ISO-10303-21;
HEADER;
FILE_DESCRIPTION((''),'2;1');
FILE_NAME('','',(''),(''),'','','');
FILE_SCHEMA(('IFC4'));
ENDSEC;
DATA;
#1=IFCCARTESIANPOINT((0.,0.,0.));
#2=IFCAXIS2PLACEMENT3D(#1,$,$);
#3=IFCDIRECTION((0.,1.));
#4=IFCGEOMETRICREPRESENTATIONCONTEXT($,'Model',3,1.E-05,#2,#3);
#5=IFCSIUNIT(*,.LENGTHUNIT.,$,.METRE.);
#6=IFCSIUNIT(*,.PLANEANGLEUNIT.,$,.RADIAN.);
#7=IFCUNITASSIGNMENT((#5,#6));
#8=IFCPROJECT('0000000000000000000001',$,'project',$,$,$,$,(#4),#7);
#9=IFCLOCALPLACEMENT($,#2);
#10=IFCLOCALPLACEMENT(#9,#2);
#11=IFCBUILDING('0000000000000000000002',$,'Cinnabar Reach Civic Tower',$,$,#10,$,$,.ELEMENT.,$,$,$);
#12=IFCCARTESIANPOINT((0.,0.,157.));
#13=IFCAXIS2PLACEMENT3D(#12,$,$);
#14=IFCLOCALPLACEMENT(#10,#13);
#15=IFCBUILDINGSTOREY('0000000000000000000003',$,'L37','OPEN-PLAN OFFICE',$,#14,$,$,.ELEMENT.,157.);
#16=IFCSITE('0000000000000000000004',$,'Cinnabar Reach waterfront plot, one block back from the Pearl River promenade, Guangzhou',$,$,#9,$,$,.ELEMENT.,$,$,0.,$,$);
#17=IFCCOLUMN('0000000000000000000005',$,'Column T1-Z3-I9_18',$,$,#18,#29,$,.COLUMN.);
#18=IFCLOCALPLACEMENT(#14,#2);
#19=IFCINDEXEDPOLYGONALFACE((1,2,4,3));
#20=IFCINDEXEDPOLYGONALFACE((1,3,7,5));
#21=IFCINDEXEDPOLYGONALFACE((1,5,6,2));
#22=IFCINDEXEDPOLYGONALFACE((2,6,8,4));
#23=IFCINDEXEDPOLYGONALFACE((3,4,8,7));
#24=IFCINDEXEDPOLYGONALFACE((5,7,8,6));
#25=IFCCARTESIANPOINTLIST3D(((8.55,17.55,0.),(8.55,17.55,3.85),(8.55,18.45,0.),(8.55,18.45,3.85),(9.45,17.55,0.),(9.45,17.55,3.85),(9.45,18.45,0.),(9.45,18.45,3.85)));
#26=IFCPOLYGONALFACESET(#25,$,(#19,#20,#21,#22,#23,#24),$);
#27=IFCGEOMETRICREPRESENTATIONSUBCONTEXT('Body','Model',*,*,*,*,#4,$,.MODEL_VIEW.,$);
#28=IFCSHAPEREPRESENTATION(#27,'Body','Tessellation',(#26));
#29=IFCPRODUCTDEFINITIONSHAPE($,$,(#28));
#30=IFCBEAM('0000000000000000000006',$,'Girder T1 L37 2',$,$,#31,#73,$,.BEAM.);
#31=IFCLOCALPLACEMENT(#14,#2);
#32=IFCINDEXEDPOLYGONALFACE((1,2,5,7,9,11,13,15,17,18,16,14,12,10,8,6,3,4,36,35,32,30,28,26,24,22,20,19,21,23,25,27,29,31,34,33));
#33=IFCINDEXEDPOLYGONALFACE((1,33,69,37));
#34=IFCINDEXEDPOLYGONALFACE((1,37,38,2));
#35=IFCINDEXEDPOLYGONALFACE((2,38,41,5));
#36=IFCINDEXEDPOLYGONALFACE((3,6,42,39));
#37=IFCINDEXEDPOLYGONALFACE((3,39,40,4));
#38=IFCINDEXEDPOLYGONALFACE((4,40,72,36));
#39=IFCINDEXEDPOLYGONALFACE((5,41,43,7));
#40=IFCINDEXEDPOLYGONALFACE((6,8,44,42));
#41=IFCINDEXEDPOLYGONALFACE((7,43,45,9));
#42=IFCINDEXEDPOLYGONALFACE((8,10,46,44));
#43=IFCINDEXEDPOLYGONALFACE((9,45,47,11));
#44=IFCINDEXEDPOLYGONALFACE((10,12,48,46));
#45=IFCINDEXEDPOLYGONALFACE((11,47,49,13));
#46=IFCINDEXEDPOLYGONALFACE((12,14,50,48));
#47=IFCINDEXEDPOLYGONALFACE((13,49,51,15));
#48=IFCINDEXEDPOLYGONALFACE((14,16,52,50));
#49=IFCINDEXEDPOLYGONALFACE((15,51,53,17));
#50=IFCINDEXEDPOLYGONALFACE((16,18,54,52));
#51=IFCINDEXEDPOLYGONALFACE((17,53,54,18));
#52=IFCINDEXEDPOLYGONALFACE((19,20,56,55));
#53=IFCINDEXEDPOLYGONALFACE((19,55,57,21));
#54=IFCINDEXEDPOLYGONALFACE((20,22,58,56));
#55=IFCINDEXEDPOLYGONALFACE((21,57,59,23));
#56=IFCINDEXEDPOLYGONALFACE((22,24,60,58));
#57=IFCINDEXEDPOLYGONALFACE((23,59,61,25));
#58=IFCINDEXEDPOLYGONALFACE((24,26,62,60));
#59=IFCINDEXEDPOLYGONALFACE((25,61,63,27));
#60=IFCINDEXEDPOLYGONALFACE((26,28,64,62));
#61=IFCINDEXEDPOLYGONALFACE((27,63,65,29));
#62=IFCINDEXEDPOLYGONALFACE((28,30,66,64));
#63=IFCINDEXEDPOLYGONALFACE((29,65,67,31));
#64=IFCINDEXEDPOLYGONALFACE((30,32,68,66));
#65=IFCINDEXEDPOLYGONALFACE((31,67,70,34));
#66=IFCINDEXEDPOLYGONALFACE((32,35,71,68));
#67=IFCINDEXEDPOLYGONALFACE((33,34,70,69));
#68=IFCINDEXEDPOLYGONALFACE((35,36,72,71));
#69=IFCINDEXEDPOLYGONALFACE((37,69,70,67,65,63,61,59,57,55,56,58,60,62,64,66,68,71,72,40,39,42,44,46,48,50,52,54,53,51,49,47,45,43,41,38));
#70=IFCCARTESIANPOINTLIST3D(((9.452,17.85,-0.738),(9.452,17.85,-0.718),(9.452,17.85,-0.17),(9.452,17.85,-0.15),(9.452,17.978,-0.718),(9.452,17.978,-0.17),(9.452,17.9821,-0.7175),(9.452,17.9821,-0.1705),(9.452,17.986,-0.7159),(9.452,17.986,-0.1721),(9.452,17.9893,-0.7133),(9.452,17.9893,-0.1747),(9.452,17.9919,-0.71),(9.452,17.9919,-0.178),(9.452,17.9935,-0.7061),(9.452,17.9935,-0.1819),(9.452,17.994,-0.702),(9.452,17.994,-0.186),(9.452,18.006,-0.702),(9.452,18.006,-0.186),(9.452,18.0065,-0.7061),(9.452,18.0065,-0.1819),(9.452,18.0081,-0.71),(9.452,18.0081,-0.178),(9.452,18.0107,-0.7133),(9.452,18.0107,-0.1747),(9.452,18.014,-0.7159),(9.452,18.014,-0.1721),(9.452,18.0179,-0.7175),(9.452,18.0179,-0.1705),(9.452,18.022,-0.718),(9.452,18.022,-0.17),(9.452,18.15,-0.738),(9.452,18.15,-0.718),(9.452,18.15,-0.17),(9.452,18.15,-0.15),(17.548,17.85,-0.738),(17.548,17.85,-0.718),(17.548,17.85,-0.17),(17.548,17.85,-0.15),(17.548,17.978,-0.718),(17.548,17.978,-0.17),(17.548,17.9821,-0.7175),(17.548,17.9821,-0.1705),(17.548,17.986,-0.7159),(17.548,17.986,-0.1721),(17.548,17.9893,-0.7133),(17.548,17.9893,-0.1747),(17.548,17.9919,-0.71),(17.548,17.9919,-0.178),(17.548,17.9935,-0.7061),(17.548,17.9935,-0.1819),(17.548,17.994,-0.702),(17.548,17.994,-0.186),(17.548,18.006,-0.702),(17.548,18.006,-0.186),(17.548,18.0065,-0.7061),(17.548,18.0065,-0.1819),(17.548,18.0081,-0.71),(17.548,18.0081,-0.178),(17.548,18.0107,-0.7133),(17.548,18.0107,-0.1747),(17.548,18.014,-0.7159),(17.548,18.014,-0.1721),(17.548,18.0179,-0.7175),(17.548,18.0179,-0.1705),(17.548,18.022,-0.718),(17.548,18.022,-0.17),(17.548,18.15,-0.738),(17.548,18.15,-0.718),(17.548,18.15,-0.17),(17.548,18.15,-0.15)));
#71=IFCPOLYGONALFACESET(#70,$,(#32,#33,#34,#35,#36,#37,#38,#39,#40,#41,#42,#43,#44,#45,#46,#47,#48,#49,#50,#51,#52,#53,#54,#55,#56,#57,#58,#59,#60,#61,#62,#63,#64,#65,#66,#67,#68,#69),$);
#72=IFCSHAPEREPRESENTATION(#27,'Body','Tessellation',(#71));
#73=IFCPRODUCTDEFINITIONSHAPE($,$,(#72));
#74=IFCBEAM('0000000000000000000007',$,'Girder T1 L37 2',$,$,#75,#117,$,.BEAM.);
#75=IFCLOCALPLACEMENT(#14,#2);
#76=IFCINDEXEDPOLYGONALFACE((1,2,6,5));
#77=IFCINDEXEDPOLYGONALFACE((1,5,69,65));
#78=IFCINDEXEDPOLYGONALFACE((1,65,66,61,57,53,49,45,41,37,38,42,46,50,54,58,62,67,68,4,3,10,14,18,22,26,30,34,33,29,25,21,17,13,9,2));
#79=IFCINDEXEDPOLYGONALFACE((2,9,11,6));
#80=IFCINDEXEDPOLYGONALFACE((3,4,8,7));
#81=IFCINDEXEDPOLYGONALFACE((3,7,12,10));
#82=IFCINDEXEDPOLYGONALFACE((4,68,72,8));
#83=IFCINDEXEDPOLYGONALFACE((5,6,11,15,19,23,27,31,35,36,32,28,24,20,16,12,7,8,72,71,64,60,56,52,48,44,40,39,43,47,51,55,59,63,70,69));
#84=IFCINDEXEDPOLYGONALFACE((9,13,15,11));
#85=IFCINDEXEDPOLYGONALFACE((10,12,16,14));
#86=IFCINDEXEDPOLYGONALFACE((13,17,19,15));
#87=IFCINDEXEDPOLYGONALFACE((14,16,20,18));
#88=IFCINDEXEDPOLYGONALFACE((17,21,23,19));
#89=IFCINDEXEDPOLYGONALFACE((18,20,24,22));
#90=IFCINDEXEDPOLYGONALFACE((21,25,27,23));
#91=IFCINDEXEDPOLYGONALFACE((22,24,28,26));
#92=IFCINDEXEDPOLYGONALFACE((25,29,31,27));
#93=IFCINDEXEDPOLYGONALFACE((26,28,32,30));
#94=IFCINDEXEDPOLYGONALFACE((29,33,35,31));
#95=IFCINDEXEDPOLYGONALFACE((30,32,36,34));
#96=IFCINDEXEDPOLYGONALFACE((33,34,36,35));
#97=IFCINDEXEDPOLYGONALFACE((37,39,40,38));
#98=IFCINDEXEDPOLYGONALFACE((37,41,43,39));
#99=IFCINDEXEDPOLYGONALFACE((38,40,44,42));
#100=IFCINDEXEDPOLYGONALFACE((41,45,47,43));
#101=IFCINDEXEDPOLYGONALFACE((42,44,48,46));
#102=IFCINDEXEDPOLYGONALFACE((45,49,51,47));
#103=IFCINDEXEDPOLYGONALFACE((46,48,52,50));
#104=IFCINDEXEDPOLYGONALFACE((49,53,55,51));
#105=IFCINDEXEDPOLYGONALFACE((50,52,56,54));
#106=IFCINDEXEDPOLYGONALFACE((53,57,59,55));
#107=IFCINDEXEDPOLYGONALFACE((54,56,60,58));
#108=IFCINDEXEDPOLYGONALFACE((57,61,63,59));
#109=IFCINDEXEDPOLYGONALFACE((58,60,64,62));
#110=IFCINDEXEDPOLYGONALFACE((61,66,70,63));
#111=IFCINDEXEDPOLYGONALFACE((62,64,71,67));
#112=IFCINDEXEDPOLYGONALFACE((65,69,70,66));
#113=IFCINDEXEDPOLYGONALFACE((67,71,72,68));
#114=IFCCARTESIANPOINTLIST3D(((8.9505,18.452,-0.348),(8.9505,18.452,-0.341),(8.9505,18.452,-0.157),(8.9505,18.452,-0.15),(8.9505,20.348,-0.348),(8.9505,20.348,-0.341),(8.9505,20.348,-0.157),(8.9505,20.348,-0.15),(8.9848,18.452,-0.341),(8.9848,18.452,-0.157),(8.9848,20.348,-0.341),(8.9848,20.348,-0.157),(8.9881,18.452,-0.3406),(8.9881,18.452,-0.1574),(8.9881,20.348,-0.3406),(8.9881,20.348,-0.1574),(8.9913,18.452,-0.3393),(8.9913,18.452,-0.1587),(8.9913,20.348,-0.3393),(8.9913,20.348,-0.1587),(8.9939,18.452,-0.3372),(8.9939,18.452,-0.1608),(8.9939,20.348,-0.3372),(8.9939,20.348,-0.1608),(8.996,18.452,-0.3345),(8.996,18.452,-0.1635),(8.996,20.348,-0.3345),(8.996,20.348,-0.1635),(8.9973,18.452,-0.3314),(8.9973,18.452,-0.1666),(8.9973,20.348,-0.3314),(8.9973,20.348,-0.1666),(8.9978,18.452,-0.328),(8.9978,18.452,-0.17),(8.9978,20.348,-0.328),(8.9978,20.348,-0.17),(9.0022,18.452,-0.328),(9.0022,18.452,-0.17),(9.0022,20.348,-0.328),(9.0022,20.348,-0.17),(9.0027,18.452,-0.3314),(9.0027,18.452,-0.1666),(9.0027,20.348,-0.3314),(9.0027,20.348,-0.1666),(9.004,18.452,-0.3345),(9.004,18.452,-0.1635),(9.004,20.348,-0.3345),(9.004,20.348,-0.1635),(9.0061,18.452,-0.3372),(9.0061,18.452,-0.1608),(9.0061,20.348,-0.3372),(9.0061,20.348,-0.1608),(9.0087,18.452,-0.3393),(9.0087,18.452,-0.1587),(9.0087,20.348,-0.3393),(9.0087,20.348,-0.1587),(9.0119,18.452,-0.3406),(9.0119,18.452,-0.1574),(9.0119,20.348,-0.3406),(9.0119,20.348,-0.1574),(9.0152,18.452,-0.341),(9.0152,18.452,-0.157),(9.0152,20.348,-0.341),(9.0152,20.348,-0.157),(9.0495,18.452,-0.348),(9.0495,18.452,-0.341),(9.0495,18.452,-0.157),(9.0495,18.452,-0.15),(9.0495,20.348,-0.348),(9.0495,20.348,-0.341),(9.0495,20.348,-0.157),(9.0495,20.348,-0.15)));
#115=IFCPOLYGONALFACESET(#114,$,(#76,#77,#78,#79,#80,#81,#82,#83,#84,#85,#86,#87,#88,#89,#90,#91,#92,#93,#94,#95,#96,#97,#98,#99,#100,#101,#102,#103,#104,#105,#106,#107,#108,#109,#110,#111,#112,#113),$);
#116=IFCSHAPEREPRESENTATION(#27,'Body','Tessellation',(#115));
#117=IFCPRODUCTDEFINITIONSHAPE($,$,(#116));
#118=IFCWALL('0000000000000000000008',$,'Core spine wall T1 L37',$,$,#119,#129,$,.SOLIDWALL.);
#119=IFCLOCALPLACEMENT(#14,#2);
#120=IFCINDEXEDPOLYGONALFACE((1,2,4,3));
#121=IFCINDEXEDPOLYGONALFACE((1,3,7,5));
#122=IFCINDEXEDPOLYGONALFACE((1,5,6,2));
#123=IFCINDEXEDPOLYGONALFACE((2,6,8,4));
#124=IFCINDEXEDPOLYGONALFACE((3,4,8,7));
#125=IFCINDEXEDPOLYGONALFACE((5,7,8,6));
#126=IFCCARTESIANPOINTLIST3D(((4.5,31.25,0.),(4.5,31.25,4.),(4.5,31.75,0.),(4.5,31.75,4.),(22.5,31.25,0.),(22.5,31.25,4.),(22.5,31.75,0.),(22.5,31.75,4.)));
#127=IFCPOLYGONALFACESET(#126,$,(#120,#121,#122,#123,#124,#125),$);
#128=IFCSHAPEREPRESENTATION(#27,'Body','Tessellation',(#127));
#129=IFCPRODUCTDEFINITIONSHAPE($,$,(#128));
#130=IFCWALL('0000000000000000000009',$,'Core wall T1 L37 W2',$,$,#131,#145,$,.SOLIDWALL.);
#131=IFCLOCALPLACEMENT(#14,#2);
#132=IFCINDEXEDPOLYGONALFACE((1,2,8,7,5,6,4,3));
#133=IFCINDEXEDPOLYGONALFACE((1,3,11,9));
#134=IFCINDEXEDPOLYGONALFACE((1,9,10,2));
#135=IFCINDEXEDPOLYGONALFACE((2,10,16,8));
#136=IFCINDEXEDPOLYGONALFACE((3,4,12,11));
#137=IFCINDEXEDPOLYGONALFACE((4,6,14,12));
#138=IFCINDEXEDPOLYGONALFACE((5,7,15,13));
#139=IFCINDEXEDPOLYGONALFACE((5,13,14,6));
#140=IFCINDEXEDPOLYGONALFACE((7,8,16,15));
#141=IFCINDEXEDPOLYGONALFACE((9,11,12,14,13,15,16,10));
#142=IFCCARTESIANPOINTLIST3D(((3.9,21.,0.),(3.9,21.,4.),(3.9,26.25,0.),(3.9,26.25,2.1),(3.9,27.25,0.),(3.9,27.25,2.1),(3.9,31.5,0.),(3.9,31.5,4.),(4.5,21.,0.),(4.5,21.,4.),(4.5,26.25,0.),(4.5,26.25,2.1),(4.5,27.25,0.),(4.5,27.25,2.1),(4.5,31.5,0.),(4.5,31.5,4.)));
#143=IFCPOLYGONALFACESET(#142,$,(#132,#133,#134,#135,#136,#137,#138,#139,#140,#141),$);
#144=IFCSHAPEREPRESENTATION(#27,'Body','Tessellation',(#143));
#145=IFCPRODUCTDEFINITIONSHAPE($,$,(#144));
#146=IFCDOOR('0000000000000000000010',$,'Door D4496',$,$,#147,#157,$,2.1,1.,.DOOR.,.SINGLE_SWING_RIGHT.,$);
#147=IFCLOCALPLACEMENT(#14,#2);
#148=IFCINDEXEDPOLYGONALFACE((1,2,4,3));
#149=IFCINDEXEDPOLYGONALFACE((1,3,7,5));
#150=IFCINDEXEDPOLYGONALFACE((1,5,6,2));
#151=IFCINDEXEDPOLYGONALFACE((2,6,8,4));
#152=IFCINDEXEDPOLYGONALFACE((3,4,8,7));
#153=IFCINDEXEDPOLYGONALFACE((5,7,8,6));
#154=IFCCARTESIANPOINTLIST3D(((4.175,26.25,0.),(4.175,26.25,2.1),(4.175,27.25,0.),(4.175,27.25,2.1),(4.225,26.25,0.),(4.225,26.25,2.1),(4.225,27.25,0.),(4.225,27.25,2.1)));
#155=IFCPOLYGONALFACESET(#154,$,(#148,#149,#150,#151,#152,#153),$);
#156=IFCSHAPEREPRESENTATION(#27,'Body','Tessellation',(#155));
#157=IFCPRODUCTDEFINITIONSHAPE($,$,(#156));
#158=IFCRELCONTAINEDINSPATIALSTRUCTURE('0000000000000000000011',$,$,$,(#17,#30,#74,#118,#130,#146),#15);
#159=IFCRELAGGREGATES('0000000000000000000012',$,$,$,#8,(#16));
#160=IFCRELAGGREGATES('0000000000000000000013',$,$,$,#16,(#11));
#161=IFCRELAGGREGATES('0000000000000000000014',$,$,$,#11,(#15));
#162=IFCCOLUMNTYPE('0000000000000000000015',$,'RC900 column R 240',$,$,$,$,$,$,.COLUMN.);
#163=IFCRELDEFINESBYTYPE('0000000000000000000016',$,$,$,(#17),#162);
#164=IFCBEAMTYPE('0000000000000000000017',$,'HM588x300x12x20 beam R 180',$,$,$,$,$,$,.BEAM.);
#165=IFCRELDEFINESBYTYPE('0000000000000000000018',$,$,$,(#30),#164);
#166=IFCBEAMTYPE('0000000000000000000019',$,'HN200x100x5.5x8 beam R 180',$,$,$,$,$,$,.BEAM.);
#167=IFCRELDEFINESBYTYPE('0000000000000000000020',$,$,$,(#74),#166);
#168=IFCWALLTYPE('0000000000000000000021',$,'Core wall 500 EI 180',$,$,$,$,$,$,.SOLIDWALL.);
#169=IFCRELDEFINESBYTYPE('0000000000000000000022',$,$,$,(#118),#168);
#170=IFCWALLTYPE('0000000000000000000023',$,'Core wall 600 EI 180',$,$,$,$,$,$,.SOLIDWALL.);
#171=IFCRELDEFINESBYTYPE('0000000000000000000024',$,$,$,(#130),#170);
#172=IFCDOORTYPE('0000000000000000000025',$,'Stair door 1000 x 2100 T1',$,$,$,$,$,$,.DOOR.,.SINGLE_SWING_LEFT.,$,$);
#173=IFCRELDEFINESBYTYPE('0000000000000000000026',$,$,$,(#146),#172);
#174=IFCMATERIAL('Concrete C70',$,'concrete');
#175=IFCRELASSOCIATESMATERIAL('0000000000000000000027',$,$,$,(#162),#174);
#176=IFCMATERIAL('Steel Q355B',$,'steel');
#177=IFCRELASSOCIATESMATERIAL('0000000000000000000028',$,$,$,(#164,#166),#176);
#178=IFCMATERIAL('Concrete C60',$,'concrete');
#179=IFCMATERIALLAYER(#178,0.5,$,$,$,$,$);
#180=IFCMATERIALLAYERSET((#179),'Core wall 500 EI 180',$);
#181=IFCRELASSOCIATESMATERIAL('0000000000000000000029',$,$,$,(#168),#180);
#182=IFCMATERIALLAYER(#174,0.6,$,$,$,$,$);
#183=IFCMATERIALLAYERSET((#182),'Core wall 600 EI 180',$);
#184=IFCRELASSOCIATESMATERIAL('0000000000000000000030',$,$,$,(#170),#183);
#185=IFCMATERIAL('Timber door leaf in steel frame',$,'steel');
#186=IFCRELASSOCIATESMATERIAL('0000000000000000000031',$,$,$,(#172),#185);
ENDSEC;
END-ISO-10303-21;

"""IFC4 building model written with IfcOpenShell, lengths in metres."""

from ifc_helpers import new_model, si_unit, direction, frame, frame_2d, origin, origin_2d, place, context, subcontext, project, spatial, rectangle, i_section, extrude, material, layer, layer_set, material_profile, profile_set, type_object, element, fill, save


model = new_model("IFC4")

# Units and contexts
model_context = context("Model", 3, precision=1e-05, world=origin(), true_north=direction((0.0, 1.0)))
body_context = subcontext(model_context, "Body", "Model", "MODEL_VIEW")
ifc_project = project(units=[si_unit("LENGTHUNIT", "METRE"), si_unit("PLANEANGLEUNIT", "RADIAN")], contexts=[model_context])

# Site, building, storey
site_placement = place(None, origin())
site = spatial("IfcSite", under=ifc_project, at=site_placement, Name="Cinnabar Reach waterfront plot, one block back from the Pearl River promenade, Guangzhou", CompositionType="ELEMENT", RefElevation=0.0)
building_placement = place(site_placement, origin())
building = spatial("IfcBuilding", under=site, at=building_placement, Name="Cinnabar Reach Civic Tower", CompositionType="ELEMENT")
storey_placement = place(building_placement, frame((0.0, 0.0, 157.0)))
storey = spatial("IfcBuildingStorey", under=building, at=storey_placement, Name="L37", Description="OPEN-PLAN OFFICE", CompositionType="ELEMENT", Elevation=157.0)

# Column
ifc_material_1 = material(Name="Concrete C70", Category="concrete")
ifc_material_profile_1 = material_profile(ifc_material_1, rectangle(XDim=0.9, YDim=0.9, at=origin_2d()), Name="RC900")
ifc_profile_set_1 = profile_set([ifc_material_profile_1], Name="Concrete C70")
column_type = type_object("IfcColumnType", Name="RC900 column R 240", PredefinedType="COLUMN", material=ifc_profile_set_1)
column_placement = place(storey_placement, frame((9.0, 18.0, 0.0), z_axis=(0.0, 0.0, 1.0), x_axis=(1.0, 0.0, 0.0)))
element("IfcColumn", 1, at=column_placement, inside=storey, type_object=column_type, Name="Column T1-Z3-I9_18", PredefinedType="COLUMN", context=body_context, shape_type="SweptSolid", body=[
    extrude(rectangle(XDim=0.9, YDim=0.9, at=origin_2d()), origin(), (0.0, 0.0, 1.0), 3.85),
])

# Beams
ifc_material_2 = material(Name="Steel Q355B", Category="steel")
ifc_material_profile_2 = material_profile(ifc_material_2, i_section(OverallWidth=0.3, OverallDepth=0.588, WebThickness=0.012, FlangeThickness=0.02, FilletRadius=0.016, at=origin_2d()), Name="HM588x300x12x20")
ifc_profile_set_2 = profile_set([ifc_material_profile_2], Name="Steel Q355B")
beam_type_1 = type_object("IfcBeamType", Name="HM588x300x12x20 beam R 180", PredefinedType="BEAM", material=ifc_profile_set_2)
beam_1_placement = place(storey_placement, frame((9.452, 18.0, -0.444), z_axis=(1.0, 0.0, 0.0), x_axis=(0.0, 1.0, 0.0)))
element("IfcBeam", 2, at=beam_1_placement, inside=storey, type_object=beam_type_1, Name="Girder T1 L37 2", PredefinedType="BEAM", context=body_context, shape_type="SweptSolid", body=[
    extrude(i_section(OverallWidth=0.3, OverallDepth=0.588, WebThickness=0.012, FlangeThickness=0.02, FilletRadius=0.016, at=origin_2d()), origin(), (0.0, 0.0, 1.0), 8.096),
])
ifc_material_profile_3 = material_profile(ifc_material_2, i_section(OverallWidth=0.099, OverallDepth=0.198, WebThickness=0.0045, FlangeThickness=0.007, FilletRadius=0.013, at=origin_2d()), Name="HN200x100x5.5x8")
ifc_profile_set_3 = profile_set([ifc_material_profile_3], Name="Steel Q355B")
beam_type_2 = type_object("IfcBeamType", Name="HN200x100x5.5x8 beam R 180", PredefinedType="BEAM", material=ifc_profile_set_3)
beam_2_placement = place(storey_placement, frame((9.0, 18.452, -0.249), z_axis=(0.0, 1.0, 0.0), x_axis=(-1.0, 0.0, 0.0)))
element("IfcBeam", 3, at=beam_2_placement, inside=storey, type_object=beam_type_2, Name="Girder T1 L37 2", PredefinedType="BEAM", context=body_context, shape_type="SweptSolid", body=[
    extrude(i_section(OverallWidth=0.099, OverallDepth=0.198, WebThickness=0.0045, FlangeThickness=0.007, FilletRadius=0.013, at=origin_2d()), origin(), (0.0, 0.0, 1.0), 1.896),
])

# Wall
ifc_material_3 = material(Name="Concrete C60", Category="concrete")
ifc_layer_1 = layer(ifc_material_3, 0.5)
ifc_layer_set_1 = layer_set([ifc_layer_1], Name="Core wall 500 EI 180")
wall_type_1 = type_object("IfcWallType", Name="Core wall 500 EI 180", PredefinedType="SOLIDWALL", material=ifc_layer_set_1)
wall_1_placement = place(storey_placement, frame((4.5, 31.5, 0.0), z_axis=(0.0, 0.0, 1.0), x_axis=(1.0, 0.0, 0.0)))
element("IfcWall", 4, at=wall_1_placement, inside=storey, type_object=wall_type_1, Name="Core spine wall T1 L37", PredefinedType="SOLIDWALL", context=body_context, shape_type="SweptSolid", body=[
    extrude(rectangle(XDim=18.0, YDim=0.5, at=frame_2d((9.0, 0.0))), origin(), (0.0, 0.0, 1.0), 4.0),
])

# Wall, opening, door
ifc_layer_2 = layer(ifc_material_1, 0.6)
ifc_layer_set_2 = layer_set([ifc_layer_2], Name="Core wall 600 EI 180")
wall_type_2 = type_object("IfcWallType", Name="Core wall 600 EI 180", PredefinedType="SOLIDWALL", material=ifc_layer_set_2)
wall_2_placement = place(storey_placement, frame((4.2, 31.5, 0.0), z_axis=(0.0, 0.0, 1.0), x_axis=(0.0, -1.0, 0.0)))
wall_2 = element("IfcWall", 5, at=wall_2_placement, inside=storey, type_object=wall_type_2, Name="Core wall T1 L37 W2", PredefinedType="SOLIDWALL", context=body_context, shape_type="SweptSolid", body=[
    extrude(rectangle(XDim=10.5, YDim=0.6, at=frame_2d((5.25, 0.0))), origin(), (0.0, 0.0, 1.0), 4.0),
])
opening_1_placement = place(wall_2_placement, frame((4.25, 0.0, 0.0)))
opening_1 = element("IfcOpeningElement", 6, at=opening_1_placement, cuts=wall_2, PredefinedType="OPENING", context=body_context, shape_type="SweptSolid", body=[
    extrude(rectangle(XDim=1.0, YDim=2.1, at=frame_2d((0.5, 1.05))), frame((0.0, 0.31, 0.0), z_axis=(0.0, -1.0, 0.0), x_axis=(1.0, 0.0, 0.0)), (0.0, 0.0, 1.0), 0.62),
])
ifc_material_4 = material(Name="Timber door leaf in steel frame", Category="steel")
door_type_1 = type_object("IfcDoorType", Name="Stair door 1000 x 2100 T1", OperationType="SINGLE_SWING_LEFT", PredefinedType="DOOR", material=ifc_material_4)
door_1_placement = place(opening_1_placement, frame((1.0, 0.0, 0.0), z_axis=(0.0, 0.0, 1.0), x_axis=(-1.0, 0.0, 0.0)))
door_1 = element("IfcDoor", 7, at=door_1_placement, inside=storey, type_object=door_type_1, Name="Door D4496", OperationType="SINGLE_SWING_RIGHT", OverallHeight=2.1, OverallWidth=1.0, PredefinedType="DOOR", context=body_context, shape_type="SweptSolid", body=[
    extrude(rectangle(XDim=1.0, YDim=2.1, at=frame_2d((0.5, 1.05))), frame((0.0, 0.025, 0.0), z_axis=(0.0, -1.0, 0.0), x_axis=(1.0, 0.0, 0.0)), (0.0, 0.0, 1.0), 0.05),
])
fill(opening_1, door_1)

save(model, "model.ifc")
